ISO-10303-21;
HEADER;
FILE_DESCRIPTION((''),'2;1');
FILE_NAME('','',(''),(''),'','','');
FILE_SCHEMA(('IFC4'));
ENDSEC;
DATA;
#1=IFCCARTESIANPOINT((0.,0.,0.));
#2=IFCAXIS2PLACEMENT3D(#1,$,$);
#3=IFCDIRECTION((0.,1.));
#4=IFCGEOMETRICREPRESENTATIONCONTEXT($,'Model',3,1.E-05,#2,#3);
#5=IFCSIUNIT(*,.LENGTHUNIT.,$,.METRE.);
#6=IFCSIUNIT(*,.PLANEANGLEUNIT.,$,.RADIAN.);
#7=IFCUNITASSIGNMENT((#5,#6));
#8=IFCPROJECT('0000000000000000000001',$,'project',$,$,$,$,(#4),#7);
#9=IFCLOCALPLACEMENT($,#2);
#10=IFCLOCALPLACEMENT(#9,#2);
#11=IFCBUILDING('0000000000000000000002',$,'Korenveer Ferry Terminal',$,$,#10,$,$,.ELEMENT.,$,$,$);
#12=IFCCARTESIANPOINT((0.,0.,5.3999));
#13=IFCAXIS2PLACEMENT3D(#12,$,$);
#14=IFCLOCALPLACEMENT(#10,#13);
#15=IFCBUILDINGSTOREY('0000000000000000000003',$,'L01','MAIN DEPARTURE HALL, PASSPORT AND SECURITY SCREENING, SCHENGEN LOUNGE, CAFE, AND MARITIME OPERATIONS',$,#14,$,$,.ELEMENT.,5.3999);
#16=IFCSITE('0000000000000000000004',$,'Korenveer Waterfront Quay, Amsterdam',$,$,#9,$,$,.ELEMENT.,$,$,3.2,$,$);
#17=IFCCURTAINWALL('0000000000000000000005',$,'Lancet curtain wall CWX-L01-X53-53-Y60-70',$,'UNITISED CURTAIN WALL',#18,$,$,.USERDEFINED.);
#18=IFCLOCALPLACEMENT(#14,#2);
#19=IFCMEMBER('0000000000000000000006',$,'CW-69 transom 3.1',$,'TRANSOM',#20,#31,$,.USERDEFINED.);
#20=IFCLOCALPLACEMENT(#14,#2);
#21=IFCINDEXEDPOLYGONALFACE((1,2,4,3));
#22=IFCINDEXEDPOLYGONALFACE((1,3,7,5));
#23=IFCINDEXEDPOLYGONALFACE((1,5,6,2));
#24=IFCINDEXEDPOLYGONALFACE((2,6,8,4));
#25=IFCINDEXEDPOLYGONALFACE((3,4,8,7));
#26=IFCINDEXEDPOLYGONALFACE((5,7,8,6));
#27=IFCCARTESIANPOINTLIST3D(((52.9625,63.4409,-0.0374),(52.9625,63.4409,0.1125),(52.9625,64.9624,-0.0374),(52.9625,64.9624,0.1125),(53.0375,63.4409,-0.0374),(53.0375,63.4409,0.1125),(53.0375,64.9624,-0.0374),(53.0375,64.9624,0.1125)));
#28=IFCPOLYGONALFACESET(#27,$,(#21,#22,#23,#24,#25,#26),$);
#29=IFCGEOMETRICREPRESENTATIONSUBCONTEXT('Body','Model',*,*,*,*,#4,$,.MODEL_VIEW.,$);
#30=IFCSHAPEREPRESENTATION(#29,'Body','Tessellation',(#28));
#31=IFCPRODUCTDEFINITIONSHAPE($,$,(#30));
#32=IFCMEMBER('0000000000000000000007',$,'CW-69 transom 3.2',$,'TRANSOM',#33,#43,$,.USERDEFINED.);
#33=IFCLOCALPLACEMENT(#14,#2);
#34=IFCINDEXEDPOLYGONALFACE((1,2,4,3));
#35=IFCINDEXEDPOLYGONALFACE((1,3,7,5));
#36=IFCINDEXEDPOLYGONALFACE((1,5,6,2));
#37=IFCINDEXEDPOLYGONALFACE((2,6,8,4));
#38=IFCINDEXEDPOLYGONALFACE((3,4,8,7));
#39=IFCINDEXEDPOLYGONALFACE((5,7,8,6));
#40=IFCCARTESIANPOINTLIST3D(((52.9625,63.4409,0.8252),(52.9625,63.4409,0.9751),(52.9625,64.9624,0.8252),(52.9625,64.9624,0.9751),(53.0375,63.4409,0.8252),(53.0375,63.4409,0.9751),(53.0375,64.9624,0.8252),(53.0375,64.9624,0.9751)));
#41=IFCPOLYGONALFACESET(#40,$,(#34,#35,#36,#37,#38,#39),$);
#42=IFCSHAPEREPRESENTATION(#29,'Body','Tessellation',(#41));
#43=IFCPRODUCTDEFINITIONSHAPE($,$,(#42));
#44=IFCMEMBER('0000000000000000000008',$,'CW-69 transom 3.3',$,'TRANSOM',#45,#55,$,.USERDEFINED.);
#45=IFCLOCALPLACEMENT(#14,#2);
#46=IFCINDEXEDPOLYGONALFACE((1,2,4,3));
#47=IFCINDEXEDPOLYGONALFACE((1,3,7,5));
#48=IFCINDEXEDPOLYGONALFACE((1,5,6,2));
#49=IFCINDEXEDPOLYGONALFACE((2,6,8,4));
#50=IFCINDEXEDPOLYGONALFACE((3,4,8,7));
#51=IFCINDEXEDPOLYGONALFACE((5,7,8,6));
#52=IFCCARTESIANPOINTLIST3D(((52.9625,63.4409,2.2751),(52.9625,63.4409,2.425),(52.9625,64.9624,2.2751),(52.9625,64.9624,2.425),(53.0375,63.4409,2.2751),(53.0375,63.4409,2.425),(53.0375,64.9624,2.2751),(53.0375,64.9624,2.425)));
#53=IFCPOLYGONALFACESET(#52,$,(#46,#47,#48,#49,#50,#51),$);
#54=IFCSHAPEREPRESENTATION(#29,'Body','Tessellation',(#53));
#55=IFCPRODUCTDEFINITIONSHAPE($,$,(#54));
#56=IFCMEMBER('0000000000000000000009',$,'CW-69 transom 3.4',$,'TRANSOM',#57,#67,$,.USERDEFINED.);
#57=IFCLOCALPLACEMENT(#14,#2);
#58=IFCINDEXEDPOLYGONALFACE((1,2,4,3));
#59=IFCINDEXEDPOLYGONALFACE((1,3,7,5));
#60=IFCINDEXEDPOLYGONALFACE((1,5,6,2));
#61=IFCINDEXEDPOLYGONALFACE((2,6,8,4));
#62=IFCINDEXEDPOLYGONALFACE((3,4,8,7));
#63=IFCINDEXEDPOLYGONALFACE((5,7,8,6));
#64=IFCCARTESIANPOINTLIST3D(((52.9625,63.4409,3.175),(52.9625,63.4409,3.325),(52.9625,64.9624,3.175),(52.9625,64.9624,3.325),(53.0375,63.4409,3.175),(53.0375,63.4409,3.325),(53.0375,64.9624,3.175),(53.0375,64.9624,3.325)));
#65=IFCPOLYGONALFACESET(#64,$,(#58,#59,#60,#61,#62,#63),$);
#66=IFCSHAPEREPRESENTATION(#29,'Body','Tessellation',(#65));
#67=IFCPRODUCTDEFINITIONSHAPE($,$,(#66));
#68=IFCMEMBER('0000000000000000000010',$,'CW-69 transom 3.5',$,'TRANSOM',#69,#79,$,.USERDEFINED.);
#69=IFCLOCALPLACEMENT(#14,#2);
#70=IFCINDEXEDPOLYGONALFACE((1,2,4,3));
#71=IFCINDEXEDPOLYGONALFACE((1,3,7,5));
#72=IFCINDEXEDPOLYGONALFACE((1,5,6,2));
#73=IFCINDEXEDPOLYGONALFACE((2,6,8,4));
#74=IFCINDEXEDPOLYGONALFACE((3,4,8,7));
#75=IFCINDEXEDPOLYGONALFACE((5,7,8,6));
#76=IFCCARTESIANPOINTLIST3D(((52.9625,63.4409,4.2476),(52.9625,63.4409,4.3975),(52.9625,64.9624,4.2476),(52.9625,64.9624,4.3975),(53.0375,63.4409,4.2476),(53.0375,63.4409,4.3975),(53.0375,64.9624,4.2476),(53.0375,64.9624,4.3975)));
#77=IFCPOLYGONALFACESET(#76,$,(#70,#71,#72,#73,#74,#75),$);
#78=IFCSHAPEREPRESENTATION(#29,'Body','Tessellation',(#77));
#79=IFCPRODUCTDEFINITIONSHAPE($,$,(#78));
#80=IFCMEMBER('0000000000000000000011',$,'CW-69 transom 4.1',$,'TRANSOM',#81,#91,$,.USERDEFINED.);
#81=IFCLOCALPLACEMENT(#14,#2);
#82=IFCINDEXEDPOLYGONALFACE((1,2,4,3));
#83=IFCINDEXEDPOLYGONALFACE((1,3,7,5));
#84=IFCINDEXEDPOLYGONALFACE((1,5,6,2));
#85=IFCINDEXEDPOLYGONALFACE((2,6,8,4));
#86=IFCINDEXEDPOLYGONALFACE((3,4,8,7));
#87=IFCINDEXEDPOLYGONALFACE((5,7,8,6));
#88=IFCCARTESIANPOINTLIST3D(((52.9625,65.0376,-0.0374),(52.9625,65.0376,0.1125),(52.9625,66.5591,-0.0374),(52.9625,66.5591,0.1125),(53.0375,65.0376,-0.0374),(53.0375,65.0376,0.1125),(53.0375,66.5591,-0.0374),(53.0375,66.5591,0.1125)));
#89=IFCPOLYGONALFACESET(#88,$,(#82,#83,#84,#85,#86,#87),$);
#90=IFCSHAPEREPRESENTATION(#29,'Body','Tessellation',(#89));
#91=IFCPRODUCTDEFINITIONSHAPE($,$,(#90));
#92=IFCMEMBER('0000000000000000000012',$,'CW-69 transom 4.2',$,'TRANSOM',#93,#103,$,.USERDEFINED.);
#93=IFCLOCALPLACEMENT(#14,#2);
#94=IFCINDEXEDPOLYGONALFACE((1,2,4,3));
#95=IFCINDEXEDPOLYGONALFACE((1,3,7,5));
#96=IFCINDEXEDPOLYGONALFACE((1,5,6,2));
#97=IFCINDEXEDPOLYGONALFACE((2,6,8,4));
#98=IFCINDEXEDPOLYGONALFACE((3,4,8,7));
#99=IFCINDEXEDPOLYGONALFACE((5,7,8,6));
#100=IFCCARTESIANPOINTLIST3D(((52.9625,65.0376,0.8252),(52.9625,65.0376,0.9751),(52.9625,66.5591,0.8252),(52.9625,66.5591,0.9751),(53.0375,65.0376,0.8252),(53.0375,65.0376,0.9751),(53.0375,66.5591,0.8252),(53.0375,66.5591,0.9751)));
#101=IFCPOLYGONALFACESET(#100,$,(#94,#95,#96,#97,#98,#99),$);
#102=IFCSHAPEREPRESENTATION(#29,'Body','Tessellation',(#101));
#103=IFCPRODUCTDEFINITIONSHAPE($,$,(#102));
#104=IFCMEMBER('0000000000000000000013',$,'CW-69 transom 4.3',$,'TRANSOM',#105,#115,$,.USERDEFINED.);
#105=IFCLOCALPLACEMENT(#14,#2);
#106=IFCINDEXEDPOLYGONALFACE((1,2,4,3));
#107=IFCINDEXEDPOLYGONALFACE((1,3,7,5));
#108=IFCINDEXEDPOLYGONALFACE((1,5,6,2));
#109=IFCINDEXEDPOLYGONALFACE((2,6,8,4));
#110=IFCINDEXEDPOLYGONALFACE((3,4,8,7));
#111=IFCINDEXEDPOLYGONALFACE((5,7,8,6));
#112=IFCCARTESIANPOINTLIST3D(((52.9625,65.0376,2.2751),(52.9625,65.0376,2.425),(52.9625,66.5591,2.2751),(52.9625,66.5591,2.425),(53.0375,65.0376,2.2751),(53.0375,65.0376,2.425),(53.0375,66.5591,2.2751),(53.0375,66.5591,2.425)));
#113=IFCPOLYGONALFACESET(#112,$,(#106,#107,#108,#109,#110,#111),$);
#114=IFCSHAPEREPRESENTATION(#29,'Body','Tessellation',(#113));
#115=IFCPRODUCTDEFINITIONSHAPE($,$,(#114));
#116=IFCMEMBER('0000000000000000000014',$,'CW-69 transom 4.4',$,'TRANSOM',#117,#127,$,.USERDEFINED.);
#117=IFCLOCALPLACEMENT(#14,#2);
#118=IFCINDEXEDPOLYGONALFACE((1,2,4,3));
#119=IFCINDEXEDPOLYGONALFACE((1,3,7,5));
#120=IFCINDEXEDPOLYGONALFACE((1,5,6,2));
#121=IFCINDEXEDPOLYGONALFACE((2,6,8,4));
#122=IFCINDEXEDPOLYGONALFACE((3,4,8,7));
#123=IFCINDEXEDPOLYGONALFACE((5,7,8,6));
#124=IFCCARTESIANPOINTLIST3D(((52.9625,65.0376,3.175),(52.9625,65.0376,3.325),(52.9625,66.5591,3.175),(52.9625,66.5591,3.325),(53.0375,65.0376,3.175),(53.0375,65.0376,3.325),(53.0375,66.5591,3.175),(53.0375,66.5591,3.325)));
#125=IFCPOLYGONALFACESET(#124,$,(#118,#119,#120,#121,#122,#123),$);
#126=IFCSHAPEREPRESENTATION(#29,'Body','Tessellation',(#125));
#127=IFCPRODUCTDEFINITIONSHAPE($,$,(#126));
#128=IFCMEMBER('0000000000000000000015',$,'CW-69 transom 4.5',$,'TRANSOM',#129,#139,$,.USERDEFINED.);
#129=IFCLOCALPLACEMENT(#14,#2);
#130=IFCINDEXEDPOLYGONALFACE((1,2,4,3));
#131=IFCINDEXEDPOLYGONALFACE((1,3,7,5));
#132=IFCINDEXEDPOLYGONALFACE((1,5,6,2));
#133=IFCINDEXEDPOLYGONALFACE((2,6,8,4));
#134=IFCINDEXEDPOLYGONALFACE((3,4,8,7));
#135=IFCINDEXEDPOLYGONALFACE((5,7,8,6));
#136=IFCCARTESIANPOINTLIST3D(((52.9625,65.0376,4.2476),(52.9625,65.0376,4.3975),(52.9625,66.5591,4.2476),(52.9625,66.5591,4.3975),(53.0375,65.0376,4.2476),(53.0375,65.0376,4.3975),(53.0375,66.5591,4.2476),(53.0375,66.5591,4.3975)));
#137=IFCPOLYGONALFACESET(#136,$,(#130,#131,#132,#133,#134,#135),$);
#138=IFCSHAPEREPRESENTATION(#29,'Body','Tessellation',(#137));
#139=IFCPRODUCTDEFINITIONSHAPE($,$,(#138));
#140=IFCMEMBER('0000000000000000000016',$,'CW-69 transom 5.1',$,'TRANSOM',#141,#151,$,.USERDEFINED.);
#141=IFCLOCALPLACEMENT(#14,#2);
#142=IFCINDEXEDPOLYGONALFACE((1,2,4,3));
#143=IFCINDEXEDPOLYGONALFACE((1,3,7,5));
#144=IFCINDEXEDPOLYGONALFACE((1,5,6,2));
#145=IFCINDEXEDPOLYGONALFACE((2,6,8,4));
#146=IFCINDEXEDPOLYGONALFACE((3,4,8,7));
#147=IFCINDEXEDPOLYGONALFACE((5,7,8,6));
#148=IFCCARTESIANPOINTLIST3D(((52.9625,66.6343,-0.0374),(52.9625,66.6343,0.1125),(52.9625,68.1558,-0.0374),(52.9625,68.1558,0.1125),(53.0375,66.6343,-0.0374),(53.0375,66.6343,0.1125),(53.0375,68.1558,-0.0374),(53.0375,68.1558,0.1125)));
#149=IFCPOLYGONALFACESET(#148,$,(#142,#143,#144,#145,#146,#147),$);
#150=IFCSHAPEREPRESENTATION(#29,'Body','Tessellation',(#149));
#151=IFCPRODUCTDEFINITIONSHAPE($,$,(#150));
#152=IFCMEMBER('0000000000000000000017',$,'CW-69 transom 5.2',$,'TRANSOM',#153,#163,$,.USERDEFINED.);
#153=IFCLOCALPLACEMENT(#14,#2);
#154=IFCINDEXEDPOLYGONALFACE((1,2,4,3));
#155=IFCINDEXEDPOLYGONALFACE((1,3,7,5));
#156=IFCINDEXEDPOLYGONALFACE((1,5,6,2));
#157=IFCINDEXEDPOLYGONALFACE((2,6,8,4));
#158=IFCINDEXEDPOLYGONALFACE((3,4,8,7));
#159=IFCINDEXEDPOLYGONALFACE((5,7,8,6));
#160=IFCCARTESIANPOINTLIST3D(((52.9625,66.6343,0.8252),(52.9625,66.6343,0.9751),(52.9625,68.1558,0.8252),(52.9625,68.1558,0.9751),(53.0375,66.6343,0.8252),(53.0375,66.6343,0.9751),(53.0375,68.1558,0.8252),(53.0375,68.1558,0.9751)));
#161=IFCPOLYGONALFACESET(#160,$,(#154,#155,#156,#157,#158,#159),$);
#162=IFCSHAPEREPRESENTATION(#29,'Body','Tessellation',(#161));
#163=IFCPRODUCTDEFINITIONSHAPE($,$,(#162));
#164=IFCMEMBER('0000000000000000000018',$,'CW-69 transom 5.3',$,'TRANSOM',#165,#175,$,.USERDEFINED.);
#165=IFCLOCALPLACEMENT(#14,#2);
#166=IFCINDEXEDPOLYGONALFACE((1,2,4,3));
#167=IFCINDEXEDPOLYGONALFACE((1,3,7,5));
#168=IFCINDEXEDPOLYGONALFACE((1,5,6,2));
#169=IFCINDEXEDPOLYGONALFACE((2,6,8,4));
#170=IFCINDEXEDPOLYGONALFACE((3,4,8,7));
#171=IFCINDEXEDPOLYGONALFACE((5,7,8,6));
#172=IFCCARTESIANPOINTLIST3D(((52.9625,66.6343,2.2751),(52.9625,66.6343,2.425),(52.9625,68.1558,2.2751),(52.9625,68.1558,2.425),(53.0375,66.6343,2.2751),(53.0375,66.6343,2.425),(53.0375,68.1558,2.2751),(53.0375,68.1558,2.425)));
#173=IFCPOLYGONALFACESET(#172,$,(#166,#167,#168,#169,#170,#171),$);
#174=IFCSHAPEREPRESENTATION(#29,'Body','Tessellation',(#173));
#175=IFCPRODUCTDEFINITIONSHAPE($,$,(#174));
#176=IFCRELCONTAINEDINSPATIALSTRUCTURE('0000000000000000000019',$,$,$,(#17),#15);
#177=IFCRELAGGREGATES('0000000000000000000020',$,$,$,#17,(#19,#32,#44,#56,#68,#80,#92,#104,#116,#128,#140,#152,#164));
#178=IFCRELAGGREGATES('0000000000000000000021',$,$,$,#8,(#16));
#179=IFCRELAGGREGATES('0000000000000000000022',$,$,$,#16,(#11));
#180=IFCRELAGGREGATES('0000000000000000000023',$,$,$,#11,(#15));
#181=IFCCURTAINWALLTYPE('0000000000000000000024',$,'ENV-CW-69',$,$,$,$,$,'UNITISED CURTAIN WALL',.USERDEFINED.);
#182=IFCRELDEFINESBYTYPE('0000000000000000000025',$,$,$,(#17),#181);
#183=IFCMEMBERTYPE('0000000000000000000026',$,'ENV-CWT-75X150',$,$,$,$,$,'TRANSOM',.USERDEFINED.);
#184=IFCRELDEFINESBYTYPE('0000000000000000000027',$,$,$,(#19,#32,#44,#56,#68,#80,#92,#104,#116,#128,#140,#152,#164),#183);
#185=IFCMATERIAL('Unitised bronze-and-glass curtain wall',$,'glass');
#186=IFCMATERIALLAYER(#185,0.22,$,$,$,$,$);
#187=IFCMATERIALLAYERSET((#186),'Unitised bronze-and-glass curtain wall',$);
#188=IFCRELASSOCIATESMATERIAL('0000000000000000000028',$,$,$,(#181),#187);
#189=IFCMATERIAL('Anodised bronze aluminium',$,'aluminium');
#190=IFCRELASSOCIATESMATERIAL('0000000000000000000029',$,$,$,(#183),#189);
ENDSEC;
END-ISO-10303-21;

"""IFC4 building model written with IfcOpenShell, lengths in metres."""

from ifc_helpers import new_model, si_unit, direction, frame, origin, origin_2d, place, context, subcontext, project, spatial, rectangle, extrude, material, layer, layer_set, material_profile, profile_set, type_object, element, aggregate, save


model = new_model("IFC4")

# Units and contexts
model_context = context("Model", 3, precision=1e-05, world=origin(), true_north=direction((0.0, 1.0)))
body_context = subcontext(model_context, "Body", "Model", "MODEL_VIEW")
ifc_project = project(units=[si_unit("LENGTHUNIT", "METRE"), si_unit("PLANEANGLEUNIT", "RADIAN")], contexts=[model_context])

# Site, building, storey
site_placement = place(None, origin())
site = spatial("IfcSite", under=ifc_project, at=site_placement, Name="Korenveer Waterfront Quay, Amsterdam", CompositionType="ELEMENT", RefElevation=3.2)
building_placement = place(site_placement, origin())
building = spatial("IfcBuilding", under=site, at=building_placement, Name="Korenveer Ferry Terminal", CompositionType="ELEMENT")
storey_placement = place(building_placement, frame((0.0, 0.0, 5.3999)))
storey = spatial("IfcBuildingStorey", under=building, at=storey_placement, Name="L01", Description="MAIN DEPARTURE HALL, PASSPORT AND SECURITY SCREENING, SCHENGEN LOUNGE, CAFE, AND MARITIME OPERATIONS", CompositionType="ELEMENT", Elevation=5.3999)

# Curtain wall, members
ifc_material_1 = material(Name="Unitised bronze-and-glass curtain wall", Category="glass")
ifc_layer_1 = layer(ifc_material_1, 0.22)
ifc_layer_set_1 = layer_set([ifc_layer_1], Name="Unitised bronze-and-glass curtain wall")
curtain_wall_type = type_object("IfcCurtainWallType", Name="ENV-CW-69", ElementType="UNITISED CURTAIN WALL", PredefinedType="USERDEFINED", material=ifc_layer_set_1)
curtain_wall_placement = place(storey_placement, frame((53.0, 60.21, 0.0)))
curtain_wall = element("IfcCurtainWall", 1, at=curtain_wall_placement, inside=storey, type_object=curtain_wall_type, Name="Lancet curtain wall CWX-L01-X53-53-Y60-70", ObjectType="UNITISED CURTAIN WALL", PredefinedType="USERDEFINED")
ifc_material_2 = material(Name="Anodised bronze aluminium", Category="aluminium")
ifc_material_profile_1 = material_profile(ifc_material_2, rectangle(XDim=0.075, YDim=0.1499, at=origin_2d()), Name="ALU 75x150")
ifc_profile_set_1 = profile_set([ifc_material_profile_1], Name="Anodised bronze aluminium")
member_type_1 = type_object("IfcMemberType", Name="ENV-CWT-75X150", ElementType="TRANSOM", PredefinedType="USERDEFINED", material=ifc_profile_set_1)
member_1_placement = place(storey_placement, frame((53.0, 63.4409, 0.0376), z_axis=(0.0, 1.0, 0.0), x_axis=(-1.0, 0.0, 0.0)))
member_1 = element("IfcMember", 2, at=member_1_placement, type_object=member_type_1, Name="CW-69 transom 3.1", ObjectType="TRANSOM", PredefinedType="USERDEFINED", context=body_context, shape_type="SweptSolid", body=[
    extrude(rectangle(XDim=0.075, YDim=0.1499, at=origin_2d()), origin(), (0.0, 0.0, 1.0), 1.5215),
])
member_2_placement = place(storey_placement, frame((53.0, 63.4409, 0.9001), z_axis=(0.0, 1.0, 0.0), x_axis=(-1.0, 0.0, 0.0)))
member_2 = element("IfcMember", 3, at=member_2_placement, type_object=member_type_1, Name="CW-69 transom 3.2", ObjectType="TRANSOM", PredefinedType="USERDEFINED", context=body_context, shape_type="SweptSolid", body=[
    extrude(rectangle(XDim=0.075, YDim=0.1499, at=origin_2d()), origin(), (0.0, 0.0, 1.0), 1.5215),
])
member_3_placement = place(storey_placement, frame((53.0, 63.4409, 2.3501), z_axis=(0.0, 1.0, 0.0), x_axis=(-1.0, 0.0, 0.0)))
member_3 = element("IfcMember", 4, at=member_3_placement, type_object=member_type_1, Name="CW-69 transom 3.3", ObjectType="TRANSOM", PredefinedType="USERDEFINED", context=body_context, shape_type="SweptSolid", body=[
    extrude(rectangle(XDim=0.075, YDim=0.1499, at=origin_2d()), origin(), (0.0, 0.0, 1.0), 1.5215),
])
member_4_placement = place(storey_placement, frame((53.0, 63.4409, 3.25), z_axis=(0.0, 1.0, 0.0), x_axis=(-1.0, 0.0, 0.0)))
member_4 = element("IfcMember", 5, at=member_4_placement, type_object=member_type_1, Name="CW-69 transom 3.4", ObjectType="TRANSOM", PredefinedType="USERDEFINED", context=body_context, shape_type="SweptSolid", body=[
    extrude(rectangle(XDim=0.075, YDim=0.1499, at=origin_2d()), origin(), (0.0, 0.0, 1.0), 1.5215),
])
member_5_placement = place(storey_placement, frame((53.0, 63.4409, 4.3225), z_axis=(0.0, 1.0, 0.0), x_axis=(-1.0, 0.0, 0.0)))
member_5 = element("IfcMember", 6, at=member_5_placement, type_object=member_type_1, Name="CW-69 transom 3.5", ObjectType="TRANSOM", PredefinedType="USERDEFINED", context=body_context, shape_type="SweptSolid", body=[
    extrude(rectangle(XDim=0.075, YDim=0.1499, at=origin_2d()), origin(), (0.0, 0.0, 1.0), 1.5215),
])
member_6_placement = place(storey_placement, frame((53.0, 65.0376, 0.0376), z_axis=(0.0, 1.0, 0.0), x_axis=(-1.0, 0.0, 0.0)))
member_6 = element("IfcMember", 7, at=member_6_placement, type_object=member_type_1, Name="CW-69 transom 4.1", ObjectType="TRANSOM", PredefinedType="USERDEFINED", context=body_context, shape_type="SweptSolid", body=[
    extrude(rectangle(XDim=0.075, YDim=0.1499, at=origin_2d()), origin(), (0.0, 0.0, 1.0), 1.5215),
])
member_7_placement = place(storey_placement, frame((53.0, 65.0376, 0.9001), z_axis=(0.0, 1.0, 0.0), x_axis=(-1.0, 0.0, 0.0)))
member_7 = element("IfcMember", 8, at=member_7_placement, type_object=member_type_1, Name="CW-69 transom 4.2", ObjectType="TRANSOM", PredefinedType="USERDEFINED", context=body_context, shape_type="SweptSolid", body=[
    extrude(rectangle(XDim=0.075, YDim=0.1499, at=origin_2d()), origin(), (0.0, 0.0, 1.0), 1.5215),
])
member_8_placement = place(storey_placement, frame((53.0, 65.0376, 2.3501), z_axis=(0.0, 1.0, 0.0), x_axis=(-1.0, 0.0, 0.0)))
member_8 = element("IfcMember", 9, at=member_8_placement, type_object=member_type_1, Name="CW-69 transom 4.3", ObjectType="TRANSOM", PredefinedType="USERDEFINED", context=body_context, shape_type="SweptSolid", body=[
    extrude(rectangle(XDim=0.075, YDim=0.1499, at=origin_2d()), origin(), (0.0, 0.0, 1.0), 1.5215),
])
member_9_placement = place(storey_placement, frame((53.0, 65.0376, 3.25), z_axis=(0.0, 1.0, 0.0), x_axis=(-1.0, 0.0, 0.0)))
member_9 = element("IfcMember", 10, at=member_9_placement, type_object=member_type_1, Name="CW-69 transom 4.4", ObjectType="TRANSOM", PredefinedType="USERDEFINED", context=body_context, shape_type="SweptSolid", body=[
    extrude(rectangle(XDim=0.075, YDim=0.1499, at=origin_2d()), origin(), (0.0, 0.0, 1.0), 1.5215),
])
member_10_placement = place(storey_placement, frame((53.0, 65.0376, 4.3225), z_axis=(0.0, 1.0, 0.0), x_axis=(-1.0, 0.0, 0.0)))
member_10 = element("IfcMember", 11, at=member_10_placement, type_object=member_type_1, Name="CW-69 transom 4.5", ObjectType="TRANSOM", PredefinedType="USERDEFINED", context=body_context, shape_type="SweptSolid", body=[
    extrude(rectangle(XDim=0.075, YDim=0.1499, at=origin_2d()), origin(), (0.0, 0.0, 1.0), 1.5215),
])
member_11_placement = place(storey_placement, frame((53.0, 66.6343, 0.0376), z_axis=(0.0, 1.0, 0.0), x_axis=(-1.0, 0.0, 0.0)))
member_11 = element("IfcMember", 12, at=member_11_placement, type_object=member_type_1, Name="CW-69 transom 5.1", ObjectType="TRANSOM", PredefinedType="USERDEFINED", context=body_context, shape_type="SweptSolid", body=[
    extrude(rectangle(XDim=0.075, YDim=0.1499, at=origin_2d()), origin(), (0.0, 0.0, 1.0), 1.5215),
])
member_12_placement = place(storey_placement, frame((53.0, 66.6343, 0.9001), z_axis=(0.0, 1.0, 0.0), x_axis=(-1.0, 0.0, 0.0)))
member_12 = element("IfcMember", 13, at=member_12_placement, type_object=member_type_1, Name="CW-69 transom 5.2", ObjectType="TRANSOM", PredefinedType="USERDEFINED", context=body_context, shape_type="SweptSolid", body=[
    extrude(rectangle(XDim=0.075, YDim=0.1499, at=origin_2d()), origin(), (0.0, 0.0, 1.0), 1.5215),
])
member_13_placement = place(storey_placement, frame((53.0, 66.6343, 2.3501), z_axis=(0.0, 1.0, 0.0), x_axis=(-1.0, 0.0, 0.0)))
member_13 = element("IfcMember", 14, at=member_13_placement, type_object=member_type_1, Name="CW-69 transom 5.3", ObjectType="TRANSOM", PredefinedType="USERDEFINED", context=body_context, shape_type="SweptSolid", body=[
    extrude(rectangle(XDim=0.075, YDim=0.1499, at=origin_2d()), origin(), (0.0, 0.0, 1.0), 1.5215),
])

aggregate(curtain_wall, [member_1, member_2, member_3, member_4, member_5, member_6, member_7, member_8, member_9, member_10, member_11, member_12, member_13])

save(model, "model.ifc")
